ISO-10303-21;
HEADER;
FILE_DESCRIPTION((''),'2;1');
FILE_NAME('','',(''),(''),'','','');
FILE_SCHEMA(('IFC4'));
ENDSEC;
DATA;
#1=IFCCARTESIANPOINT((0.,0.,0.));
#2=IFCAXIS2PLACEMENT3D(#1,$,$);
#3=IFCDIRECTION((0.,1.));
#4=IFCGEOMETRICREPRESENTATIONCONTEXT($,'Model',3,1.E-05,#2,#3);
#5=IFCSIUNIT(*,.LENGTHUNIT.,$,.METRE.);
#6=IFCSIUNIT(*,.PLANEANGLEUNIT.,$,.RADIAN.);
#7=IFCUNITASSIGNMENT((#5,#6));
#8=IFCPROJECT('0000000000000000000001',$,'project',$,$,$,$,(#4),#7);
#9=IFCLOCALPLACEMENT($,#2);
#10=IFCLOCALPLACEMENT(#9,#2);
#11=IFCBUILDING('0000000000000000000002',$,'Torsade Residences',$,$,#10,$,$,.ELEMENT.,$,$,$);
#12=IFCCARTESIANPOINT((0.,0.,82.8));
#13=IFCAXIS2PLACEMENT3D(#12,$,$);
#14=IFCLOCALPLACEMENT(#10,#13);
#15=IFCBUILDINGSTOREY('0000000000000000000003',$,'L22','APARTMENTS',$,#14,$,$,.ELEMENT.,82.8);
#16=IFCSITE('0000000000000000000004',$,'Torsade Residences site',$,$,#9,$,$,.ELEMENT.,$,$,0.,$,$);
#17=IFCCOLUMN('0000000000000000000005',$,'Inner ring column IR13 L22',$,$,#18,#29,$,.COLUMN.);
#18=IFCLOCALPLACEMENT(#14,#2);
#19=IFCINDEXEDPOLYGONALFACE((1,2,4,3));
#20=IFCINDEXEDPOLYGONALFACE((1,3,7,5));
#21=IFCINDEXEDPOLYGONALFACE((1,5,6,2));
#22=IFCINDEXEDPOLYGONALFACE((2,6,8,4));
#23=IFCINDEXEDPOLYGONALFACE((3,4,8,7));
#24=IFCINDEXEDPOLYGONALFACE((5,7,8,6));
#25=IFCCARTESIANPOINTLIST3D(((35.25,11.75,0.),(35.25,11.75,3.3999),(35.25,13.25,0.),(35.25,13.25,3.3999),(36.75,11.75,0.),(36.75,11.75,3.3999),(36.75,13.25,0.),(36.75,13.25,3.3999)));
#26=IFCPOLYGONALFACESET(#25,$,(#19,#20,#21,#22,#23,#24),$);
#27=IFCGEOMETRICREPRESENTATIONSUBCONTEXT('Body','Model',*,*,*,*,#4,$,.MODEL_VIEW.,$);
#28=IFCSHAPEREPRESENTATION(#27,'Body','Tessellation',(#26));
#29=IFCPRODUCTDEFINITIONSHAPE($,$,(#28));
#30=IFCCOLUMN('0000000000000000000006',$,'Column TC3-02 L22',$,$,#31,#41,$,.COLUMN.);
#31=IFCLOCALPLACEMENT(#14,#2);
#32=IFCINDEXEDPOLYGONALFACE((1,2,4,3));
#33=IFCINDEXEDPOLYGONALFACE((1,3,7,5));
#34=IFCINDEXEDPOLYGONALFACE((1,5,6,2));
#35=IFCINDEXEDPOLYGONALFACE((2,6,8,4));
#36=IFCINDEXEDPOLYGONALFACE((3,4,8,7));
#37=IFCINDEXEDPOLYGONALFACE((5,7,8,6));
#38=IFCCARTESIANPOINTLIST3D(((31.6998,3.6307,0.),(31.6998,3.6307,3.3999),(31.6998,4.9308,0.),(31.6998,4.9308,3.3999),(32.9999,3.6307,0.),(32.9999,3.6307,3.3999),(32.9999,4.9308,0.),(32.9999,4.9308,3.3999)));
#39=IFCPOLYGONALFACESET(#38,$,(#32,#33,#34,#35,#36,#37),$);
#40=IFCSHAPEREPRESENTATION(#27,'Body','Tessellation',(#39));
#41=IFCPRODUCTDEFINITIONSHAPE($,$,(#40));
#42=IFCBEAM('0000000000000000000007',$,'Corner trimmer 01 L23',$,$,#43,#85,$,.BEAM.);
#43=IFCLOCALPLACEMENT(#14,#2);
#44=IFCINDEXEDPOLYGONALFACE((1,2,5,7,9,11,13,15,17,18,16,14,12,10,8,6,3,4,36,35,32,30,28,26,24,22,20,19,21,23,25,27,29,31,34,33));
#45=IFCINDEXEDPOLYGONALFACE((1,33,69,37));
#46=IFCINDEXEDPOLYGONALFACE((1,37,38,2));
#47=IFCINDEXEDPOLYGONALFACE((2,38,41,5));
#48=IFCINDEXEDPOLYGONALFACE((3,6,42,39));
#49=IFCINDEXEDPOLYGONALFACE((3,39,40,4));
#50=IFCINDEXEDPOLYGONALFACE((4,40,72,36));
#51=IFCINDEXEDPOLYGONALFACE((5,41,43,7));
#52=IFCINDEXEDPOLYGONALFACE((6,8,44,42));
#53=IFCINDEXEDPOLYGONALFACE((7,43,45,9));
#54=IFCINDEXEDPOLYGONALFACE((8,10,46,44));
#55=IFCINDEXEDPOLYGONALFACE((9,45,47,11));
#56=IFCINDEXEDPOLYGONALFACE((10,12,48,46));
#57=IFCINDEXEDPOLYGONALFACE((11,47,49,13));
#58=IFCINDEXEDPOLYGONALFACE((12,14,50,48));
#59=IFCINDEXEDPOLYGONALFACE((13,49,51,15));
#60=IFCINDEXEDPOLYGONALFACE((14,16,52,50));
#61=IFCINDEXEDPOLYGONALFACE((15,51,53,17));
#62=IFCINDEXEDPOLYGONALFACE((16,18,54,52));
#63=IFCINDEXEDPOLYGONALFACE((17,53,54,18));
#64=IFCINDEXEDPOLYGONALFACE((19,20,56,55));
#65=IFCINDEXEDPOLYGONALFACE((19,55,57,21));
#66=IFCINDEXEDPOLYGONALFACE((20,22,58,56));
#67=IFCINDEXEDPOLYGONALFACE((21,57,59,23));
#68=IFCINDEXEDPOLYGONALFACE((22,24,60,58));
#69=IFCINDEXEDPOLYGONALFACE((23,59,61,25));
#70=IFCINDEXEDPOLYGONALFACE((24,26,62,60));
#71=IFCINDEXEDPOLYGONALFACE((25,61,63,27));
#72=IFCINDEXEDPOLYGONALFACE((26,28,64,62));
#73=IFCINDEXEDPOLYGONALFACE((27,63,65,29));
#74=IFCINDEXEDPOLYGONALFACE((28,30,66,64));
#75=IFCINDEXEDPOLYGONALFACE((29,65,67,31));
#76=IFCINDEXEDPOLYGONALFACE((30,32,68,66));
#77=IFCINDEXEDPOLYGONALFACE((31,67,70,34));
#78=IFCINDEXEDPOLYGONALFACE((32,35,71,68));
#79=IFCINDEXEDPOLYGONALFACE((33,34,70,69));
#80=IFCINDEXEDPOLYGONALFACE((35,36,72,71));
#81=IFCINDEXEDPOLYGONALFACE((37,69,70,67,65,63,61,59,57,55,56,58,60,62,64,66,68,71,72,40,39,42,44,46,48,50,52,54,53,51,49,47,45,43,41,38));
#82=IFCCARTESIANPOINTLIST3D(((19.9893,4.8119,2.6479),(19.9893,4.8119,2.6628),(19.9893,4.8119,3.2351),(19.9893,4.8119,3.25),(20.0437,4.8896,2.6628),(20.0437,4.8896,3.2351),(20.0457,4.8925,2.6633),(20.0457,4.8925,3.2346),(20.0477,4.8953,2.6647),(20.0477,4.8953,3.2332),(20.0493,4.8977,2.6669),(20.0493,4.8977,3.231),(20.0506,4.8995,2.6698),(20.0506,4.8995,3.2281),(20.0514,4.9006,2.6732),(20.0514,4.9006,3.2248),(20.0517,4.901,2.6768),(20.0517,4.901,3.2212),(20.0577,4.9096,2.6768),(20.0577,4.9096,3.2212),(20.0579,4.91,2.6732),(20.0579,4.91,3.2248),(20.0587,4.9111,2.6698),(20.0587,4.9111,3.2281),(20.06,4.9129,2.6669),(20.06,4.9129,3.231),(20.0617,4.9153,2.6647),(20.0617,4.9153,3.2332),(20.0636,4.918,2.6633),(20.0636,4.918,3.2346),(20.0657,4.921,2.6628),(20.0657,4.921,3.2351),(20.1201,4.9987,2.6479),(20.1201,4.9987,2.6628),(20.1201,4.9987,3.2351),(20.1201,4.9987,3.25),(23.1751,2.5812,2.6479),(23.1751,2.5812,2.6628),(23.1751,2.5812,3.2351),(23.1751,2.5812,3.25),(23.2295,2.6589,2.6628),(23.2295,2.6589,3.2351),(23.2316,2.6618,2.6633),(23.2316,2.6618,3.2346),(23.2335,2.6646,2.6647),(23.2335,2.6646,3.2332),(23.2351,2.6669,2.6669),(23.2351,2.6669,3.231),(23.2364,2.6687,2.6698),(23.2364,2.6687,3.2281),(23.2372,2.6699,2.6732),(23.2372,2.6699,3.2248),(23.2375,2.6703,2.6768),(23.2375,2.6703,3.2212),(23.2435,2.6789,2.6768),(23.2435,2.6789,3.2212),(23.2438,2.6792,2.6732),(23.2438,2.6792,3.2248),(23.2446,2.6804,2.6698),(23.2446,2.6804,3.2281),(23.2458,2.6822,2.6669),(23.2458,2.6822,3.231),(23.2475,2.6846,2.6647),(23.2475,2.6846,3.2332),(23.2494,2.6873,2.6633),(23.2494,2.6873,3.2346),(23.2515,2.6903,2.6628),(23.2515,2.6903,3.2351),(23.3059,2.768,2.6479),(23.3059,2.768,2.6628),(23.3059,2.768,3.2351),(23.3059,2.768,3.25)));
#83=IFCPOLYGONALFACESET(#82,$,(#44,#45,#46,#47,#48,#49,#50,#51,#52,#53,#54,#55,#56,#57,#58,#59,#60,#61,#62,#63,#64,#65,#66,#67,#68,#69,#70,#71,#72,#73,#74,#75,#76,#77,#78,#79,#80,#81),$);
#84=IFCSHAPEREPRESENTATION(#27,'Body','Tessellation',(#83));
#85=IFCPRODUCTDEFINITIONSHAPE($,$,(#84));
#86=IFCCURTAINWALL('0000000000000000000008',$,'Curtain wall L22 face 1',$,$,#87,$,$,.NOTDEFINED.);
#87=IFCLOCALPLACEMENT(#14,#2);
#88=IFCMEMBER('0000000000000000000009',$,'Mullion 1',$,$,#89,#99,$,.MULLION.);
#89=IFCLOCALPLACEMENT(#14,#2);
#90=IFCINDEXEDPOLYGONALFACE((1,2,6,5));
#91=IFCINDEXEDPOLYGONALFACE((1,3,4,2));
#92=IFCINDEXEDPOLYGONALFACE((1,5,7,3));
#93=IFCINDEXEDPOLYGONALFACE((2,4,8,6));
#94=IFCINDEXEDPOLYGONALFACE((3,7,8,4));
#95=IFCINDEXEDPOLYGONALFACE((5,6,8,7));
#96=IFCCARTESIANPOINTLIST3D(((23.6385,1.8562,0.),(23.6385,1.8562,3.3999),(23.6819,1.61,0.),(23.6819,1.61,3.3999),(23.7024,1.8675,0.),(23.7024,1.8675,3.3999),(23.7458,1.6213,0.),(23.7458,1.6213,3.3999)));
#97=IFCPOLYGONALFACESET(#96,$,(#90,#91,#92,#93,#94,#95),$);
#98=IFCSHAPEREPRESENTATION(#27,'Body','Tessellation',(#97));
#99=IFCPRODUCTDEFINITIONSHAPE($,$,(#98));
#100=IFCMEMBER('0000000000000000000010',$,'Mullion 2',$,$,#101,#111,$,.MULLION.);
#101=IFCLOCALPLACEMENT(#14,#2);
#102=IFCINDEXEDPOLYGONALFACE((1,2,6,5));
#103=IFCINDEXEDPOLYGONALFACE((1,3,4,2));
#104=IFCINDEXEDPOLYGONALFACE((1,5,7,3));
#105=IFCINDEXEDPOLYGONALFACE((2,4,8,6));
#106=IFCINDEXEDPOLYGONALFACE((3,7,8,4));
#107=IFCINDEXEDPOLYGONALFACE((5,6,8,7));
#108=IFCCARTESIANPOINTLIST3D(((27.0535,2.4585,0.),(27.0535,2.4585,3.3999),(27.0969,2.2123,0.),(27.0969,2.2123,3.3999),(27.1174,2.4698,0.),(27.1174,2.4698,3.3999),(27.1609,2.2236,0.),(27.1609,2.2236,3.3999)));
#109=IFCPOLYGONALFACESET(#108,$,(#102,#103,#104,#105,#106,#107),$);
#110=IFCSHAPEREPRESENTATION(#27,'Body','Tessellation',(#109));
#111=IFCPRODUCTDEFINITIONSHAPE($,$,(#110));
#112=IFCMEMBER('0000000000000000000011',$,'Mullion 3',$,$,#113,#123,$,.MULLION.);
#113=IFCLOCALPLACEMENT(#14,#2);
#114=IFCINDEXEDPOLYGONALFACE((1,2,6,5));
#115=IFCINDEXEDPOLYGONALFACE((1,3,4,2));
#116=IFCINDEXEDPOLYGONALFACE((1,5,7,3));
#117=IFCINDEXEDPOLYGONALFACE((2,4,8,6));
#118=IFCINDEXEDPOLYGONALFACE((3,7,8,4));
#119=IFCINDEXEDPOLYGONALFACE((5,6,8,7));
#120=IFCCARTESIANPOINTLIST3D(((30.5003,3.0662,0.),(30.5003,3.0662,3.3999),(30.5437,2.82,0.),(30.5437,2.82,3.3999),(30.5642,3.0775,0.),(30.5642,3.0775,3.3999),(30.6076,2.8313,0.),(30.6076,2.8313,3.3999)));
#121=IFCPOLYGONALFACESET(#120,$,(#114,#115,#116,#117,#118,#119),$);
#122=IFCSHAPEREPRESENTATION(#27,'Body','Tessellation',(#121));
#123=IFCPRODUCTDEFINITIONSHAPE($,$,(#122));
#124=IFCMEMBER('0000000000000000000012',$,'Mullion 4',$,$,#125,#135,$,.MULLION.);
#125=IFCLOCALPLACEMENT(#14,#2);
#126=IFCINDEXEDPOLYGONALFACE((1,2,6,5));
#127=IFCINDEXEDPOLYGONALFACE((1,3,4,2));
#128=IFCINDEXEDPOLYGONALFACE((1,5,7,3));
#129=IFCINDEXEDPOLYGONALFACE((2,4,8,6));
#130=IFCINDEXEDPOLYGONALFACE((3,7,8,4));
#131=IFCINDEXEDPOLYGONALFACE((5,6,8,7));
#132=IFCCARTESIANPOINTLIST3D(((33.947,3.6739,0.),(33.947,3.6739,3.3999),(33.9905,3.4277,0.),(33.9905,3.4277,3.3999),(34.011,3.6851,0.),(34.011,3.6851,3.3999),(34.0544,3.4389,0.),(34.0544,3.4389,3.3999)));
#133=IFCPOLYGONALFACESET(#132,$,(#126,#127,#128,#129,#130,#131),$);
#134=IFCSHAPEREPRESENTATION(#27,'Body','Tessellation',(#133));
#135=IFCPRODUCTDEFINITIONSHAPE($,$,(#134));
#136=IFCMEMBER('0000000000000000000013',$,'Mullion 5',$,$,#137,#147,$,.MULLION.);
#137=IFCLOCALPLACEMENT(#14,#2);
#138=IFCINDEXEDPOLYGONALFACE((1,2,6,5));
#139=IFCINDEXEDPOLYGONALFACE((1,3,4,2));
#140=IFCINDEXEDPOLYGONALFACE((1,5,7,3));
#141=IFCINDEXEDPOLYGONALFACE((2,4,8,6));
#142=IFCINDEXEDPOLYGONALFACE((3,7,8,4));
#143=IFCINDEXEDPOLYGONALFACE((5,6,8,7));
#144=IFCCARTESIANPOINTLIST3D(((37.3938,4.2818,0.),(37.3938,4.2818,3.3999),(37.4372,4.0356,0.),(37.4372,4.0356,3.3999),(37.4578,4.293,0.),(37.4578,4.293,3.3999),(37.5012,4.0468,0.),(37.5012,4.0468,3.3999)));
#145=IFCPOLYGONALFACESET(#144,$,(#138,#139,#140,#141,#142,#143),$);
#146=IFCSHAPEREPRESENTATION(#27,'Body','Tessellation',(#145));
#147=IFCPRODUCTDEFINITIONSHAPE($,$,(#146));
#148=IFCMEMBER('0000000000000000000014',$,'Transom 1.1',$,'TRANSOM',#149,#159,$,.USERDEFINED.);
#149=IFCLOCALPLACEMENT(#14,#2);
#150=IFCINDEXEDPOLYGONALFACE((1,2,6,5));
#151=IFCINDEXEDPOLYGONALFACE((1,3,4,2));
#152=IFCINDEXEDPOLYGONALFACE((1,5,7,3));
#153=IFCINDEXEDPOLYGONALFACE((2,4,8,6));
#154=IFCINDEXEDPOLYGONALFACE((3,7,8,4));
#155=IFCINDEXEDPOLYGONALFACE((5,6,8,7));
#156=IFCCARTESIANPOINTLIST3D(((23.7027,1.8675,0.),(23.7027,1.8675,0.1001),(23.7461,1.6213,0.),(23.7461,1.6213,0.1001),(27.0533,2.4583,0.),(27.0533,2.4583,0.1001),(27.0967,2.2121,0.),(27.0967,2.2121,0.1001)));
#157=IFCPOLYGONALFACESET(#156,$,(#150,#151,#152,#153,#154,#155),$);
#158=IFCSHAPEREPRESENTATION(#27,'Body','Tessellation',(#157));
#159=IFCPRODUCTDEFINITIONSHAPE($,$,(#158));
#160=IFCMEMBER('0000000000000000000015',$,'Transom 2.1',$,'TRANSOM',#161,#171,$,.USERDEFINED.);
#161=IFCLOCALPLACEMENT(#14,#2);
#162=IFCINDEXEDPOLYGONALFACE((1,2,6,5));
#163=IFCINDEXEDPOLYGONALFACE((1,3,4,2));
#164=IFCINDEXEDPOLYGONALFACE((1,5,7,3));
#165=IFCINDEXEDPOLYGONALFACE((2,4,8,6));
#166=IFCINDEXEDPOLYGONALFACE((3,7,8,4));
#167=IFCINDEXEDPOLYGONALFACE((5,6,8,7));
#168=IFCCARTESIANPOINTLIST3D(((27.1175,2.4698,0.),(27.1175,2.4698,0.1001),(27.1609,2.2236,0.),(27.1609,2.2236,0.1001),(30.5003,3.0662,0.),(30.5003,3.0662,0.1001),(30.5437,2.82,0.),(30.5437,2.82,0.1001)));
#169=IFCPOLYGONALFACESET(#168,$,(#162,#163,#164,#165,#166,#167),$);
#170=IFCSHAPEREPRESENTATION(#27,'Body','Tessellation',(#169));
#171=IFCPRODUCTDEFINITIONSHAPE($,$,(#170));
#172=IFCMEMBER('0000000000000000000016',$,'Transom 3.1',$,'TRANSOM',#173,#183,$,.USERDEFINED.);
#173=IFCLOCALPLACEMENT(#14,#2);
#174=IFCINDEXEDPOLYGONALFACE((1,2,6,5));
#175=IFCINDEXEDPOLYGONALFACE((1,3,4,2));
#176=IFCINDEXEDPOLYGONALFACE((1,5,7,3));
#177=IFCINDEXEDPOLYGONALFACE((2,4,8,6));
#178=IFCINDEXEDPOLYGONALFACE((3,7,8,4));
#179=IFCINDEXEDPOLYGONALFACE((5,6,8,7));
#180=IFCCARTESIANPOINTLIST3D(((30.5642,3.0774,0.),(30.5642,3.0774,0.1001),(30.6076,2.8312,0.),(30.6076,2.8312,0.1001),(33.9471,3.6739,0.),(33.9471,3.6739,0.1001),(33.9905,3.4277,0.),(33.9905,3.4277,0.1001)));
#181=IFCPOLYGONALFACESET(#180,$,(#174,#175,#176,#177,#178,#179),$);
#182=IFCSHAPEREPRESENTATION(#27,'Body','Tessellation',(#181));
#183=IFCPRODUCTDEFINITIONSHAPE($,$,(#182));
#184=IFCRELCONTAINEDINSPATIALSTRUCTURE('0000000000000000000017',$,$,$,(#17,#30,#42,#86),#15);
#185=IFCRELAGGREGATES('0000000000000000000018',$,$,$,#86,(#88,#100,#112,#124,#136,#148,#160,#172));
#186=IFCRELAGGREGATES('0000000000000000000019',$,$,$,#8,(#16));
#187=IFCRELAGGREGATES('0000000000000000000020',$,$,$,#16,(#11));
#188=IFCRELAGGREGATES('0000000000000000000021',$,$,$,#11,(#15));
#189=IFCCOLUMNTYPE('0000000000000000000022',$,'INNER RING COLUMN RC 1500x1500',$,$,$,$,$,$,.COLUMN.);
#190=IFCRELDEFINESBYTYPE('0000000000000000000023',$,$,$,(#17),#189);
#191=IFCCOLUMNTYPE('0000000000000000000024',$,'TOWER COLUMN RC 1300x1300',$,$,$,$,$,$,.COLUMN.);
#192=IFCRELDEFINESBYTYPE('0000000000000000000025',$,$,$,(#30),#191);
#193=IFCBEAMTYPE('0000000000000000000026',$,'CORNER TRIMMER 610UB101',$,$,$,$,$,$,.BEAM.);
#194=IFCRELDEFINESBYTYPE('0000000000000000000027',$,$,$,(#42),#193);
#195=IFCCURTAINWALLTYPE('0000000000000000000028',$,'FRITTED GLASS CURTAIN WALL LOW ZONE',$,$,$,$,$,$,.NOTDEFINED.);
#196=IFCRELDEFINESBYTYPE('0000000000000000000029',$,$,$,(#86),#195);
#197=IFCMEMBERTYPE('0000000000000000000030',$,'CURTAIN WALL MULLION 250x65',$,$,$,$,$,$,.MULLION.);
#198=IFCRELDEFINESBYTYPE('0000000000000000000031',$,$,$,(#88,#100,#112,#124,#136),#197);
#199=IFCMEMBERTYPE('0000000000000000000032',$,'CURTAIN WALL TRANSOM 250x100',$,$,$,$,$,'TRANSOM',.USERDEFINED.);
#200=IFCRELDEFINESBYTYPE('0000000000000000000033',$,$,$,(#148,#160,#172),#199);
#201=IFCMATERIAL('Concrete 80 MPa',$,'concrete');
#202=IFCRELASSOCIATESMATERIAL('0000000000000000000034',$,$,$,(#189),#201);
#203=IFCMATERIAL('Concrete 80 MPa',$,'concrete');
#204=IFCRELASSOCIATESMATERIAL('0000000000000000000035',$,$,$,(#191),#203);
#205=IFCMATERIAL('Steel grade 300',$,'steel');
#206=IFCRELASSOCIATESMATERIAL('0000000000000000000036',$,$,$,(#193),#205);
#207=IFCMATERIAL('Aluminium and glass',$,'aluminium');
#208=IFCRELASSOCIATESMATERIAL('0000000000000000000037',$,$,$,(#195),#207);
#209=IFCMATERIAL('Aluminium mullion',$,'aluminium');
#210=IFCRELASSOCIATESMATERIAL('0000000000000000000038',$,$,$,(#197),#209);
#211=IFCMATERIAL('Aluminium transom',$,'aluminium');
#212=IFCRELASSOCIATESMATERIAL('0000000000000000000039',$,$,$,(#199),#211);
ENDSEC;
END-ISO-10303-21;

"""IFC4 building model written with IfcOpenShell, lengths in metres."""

from ifc_helpers import new_model, si_unit, direction, frame, origin, origin_2d, place, context, subcontext, project, spatial, rectangle, i_section, extrude, material, material_profile, profile_set, type_object, element, aggregate, save


model = new_model("IFC4")

# Units and contexts
model_context = context("Model", 3, precision=1e-05, world=origin(), true_north=direction((0.0, 1.0)))
body_context = subcontext(model_context, "Body", "Model", "MODEL_VIEW")
ifc_project = project(units=[si_unit("LENGTHUNIT", "METRE"), si_unit("PLANEANGLEUNIT", "RADIAN")], contexts=[model_context])

# Site, building, storey
site_placement = place(None, origin())
site = spatial("IfcSite", under=ifc_project, at=site_placement, Name="Torsade Residences site", CompositionType="ELEMENT", RefElevation=0.0)
building_placement = place(site_placement, origin())
building = spatial("IfcBuilding", under=site, at=building_placement, Name="Torsade Residences", CompositionType="ELEMENT")
storey_placement = place(building_placement, frame((0.0, 0.0, 82.8)))
storey = spatial("IfcBuildingStorey", under=building, at=storey_placement, Name="L22", Description="APARTMENTS", CompositionType="ELEMENT", Elevation=82.8)

# Columns
ifc_material_1 = material(Name="Concrete 80 MPa", Category="concrete")
ifc_material_profile_1 = material_profile(ifc_material_1, rectangle(XDim=1.5, YDim=1.5, at=origin_2d()), Name="RC 1500x1500")
ifc_profile_set_1 = profile_set([ifc_material_profile_1], Name="Concrete 80 MPa")
column_type_1 = type_object("IfcColumnType", Name="INNER RING COLUMN RC 1500x1500", PredefinedType="COLUMN", material=ifc_profile_set_1)
column_1_placement = place(storey_placement, frame((36.0, 12.5, 0.0), z_axis=(0.0, 0.0, 1.0), x_axis=(1.0, 0.0, 0.0)))
element("IfcColumn", 1, at=column_1_placement, inside=storey, type_object=column_type_1, Name="Inner ring column IR13 L22", PredefinedType="COLUMN", context=body_context, shape_type="SweptSolid", body=[
    extrude(rectangle(XDim=1.5, YDim=1.5, at=origin_2d()), origin(), (0.0, 0.0, 1.0), 3.3999),
])
ifc_material_2 = material(Name="Concrete 80 MPa", Category="concrete")
ifc_material_profile_2 = material_profile(ifc_material_2, rectangle(XDim=1.3, YDim=1.3, at=origin_2d()), Name="RC 1300x1300")
ifc_profile_set_2 = profile_set([ifc_material_profile_2], Name="Concrete 80 MPa")
column_type_2 = type_object("IfcColumnType", Name="TOWER COLUMN RC 1300x1300", PredefinedType="COLUMN", material=ifc_profile_set_2)
column_2_placement = place(storey_placement, frame((32.3499, 4.2808, 0.0), z_axis=(0.0, 0.0, 1.0), x_axis=(1.0, 0.0, 0.0)))
element("IfcColumn", 2, at=column_2_placement, inside=storey, type_object=column_type_2, Name="Column TC3-02 L22", PredefinedType="COLUMN", context=body_context, shape_type="SweptSolid", body=[
    extrude(rectangle(XDim=1.3, YDim=1.3, at=origin_2d()), origin(), (0.0, 0.0, 1.0), 3.3999),
])

# Beam
ifc_material_3 = material(Name="Steel grade 300", Category="steel")
ifc_material_profile_3 = material_profile(ifc_material_3, i_section(OverallWidth=0.228, OverallDepth=0.6021, WebThickness=0.0105, FlangeThickness=0.0149, FilletRadius=0.0139, at=origin_2d()), Name="610UB101")
ifc_profile_set_3 = profile_set([ifc_material_profile_3], Name="Steel grade 300")
beam_type_1 = type_object("IfcBeamType", Name="CORNER TRIMMER 610UB101", PredefinedType="BEAM", material=ifc_profile_set_3)
beam_1_placement = place(storey_placement, frame((23.2405, 2.6746, 2.949), z_axis=(-0.819152, 0.573576, 0.0), x_axis=(-0.573576, -0.819152, 0.0)))
element("IfcBeam", 3, at=beam_1_placement, inside=storey, type_object=beam_type_1, Name="Corner trimmer 01 L23", PredefinedType="BEAM", context=body_context, shape_type="SweptSolid", body=[
    extrude(i_section(OverallWidth=0.228, OverallDepth=0.6021, WebThickness=0.0105, FlangeThickness=0.0149, FilletRadius=0.0139, at=origin_2d()), origin(), (0.0, 0.0, 1.0), 3.8892),
])

# Curtain wall, members
ifc_material_4 = material(Name="Aluminium and glass", Category="aluminium")
curtain_wall_type = type_object("IfcCurtainWallType", Name="FRITTED GLASS CURTAIN WALL LOW ZONE", PredefinedType="NOTDEFINED", material=ifc_material_4)
curtain_wall_placement = place(storey_placement, origin())
curtain_wall = element("IfcCurtainWall", 4, at=curtain_wall_placement, inside=storey, type_object=curtain_wall_type, Name="Curtain wall L22 face 1", PredefinedType="NOTDEFINED")
ifc_material_5 = material(Name="Aluminium mullion", Category="aluminium")
ifc_material_profile_4 = material_profile(ifc_material_5, rectangle(XDim=0.25, YDim=0.0649, at=origin_2d()), Name="CURTAIN WALL MULLION 250x65")
ifc_profile_set_4 = profile_set([ifc_material_profile_4], Name="Aluminium mullion")
member_type_1 = type_object("IfcMemberType", Name="CURTAIN WALL MULLION 250x65", PredefinedType="MULLION", material=ifc_profile_set_4)
member_1_placement = place(storey_placement, frame((23.6921, 1.7388, 0.0), z_axis=(0.0, 0.0, 1.0), x_axis=(-0.173648, 0.984808, 0.0)))
member_1 = element("IfcMember", 5, at=member_1_placement, type_object=member_type_1, Name="Mullion 1", PredefinedType="MULLION", context=body_context, shape_type="SweptSolid", body=[
    extrude(rectangle(XDim=0.25, YDim=0.0649, at=origin_2d()), origin(), (0.0, 0.0, 1.0), 3.3999),
])
member_2_placement = place(storey_placement, frame((27.1072, 2.3411, 0.0), z_axis=(0.0, 0.0, 1.0), x_axis=(-0.173648, 0.984808, 0.0)))
member_2 = element("IfcMember", 6, at=member_2_placement, type_object=member_type_1, Name="Mullion 2", PredefinedType="MULLION", context=body_context, shape_type="SweptSolid", body=[
    extrude(rectangle(XDim=0.25, YDim=0.0649, at=origin_2d()), origin(), (0.0, 0.0, 1.0), 3.3999),
])
member_3_placement = place(storey_placement, frame((30.554, 2.9487, 0.0), z_axis=(0.0, 0.0, 1.0), x_axis=(-0.173648, 0.984808, 0.0)))
member_3 = element("IfcMember", 7, at=member_3_placement, type_object=member_type_1, Name="Mullion 3", PredefinedType="MULLION", context=body_context, shape_type="SweptSolid", body=[
    extrude(rectangle(XDim=0.25, YDim=0.0649, at=origin_2d()), origin(), (0.0, 0.0, 1.0), 3.3999),
])
member_4_placement = place(storey_placement, frame((34.0007, 3.5564, 0.0), z_axis=(0.0, 0.0, 1.0), x_axis=(-0.173648, 0.984808, 0.0)))
member_4 = element("IfcMember", 8, at=member_4_placement, type_object=member_type_1, Name="Mullion 4", PredefinedType="MULLION", context=body_context, shape_type="SweptSolid", body=[
    extrude(rectangle(XDim=0.25, YDim=0.0649, at=origin_2d()), origin(), (0.0, 0.0, 1.0), 3.3999),
])
member_5_placement = place(storey_placement, frame((37.4475, 4.1643, 0.0), z_axis=(0.0, 0.0, 1.0), x_axis=(-0.173648, 0.984808, 0.0)))
member_5 = element("IfcMember", 9, at=member_5_placement, type_object=member_type_1, Name="Mullion 5", PredefinedType="MULLION", context=body_context, shape_type="SweptSolid", body=[
    extrude(rectangle(XDim=0.25, YDim=0.0649, at=origin_2d()), origin(), (0.0, 0.0, 1.0), 3.3999),
])
ifc_material_6 = material(Name="Aluminium transom", Category="aluminium")
ifc_material_profile_5 = material_profile(ifc_material_6, rectangle(XDim=0.25, YDim=0.1001, at=origin_2d()), Name="CURTAIN WALL TRANSOM 250x100")
ifc_profile_set_5 = profile_set([ifc_material_profile_5], Name="Aluminium transom")
member_type_2 = type_object("IfcMemberType", Name="CURTAIN WALL TRANSOM 250x100", ElementType="TRANSOM", PredefinedType="USERDEFINED", material=ifc_profile_set_5)
member_6_placement = place(storey_placement, frame((23.7244, 1.7444, 0.05), z_axis=(0.984807, 0.173654, 0.0), x_axis=(-0.173654, 0.984807, 0.0)))
member_6 = element("IfcMember", 10, at=member_6_placement, type_object=member_type_2, Name="Transom 1.1", ObjectType="TRANSOM", PredefinedType="USERDEFINED", context=body_context, shape_type="SweptSolid", body=[
    extrude(rectangle(XDim=0.25, YDim=0.1001, at=origin_2d()), origin(), (0.0, 0.0, 1.0), 3.4023),
])
member_7_placement = place(storey_placement, frame((27.1392, 2.3467, 0.05), z_axis=(0.98481, 0.173635, 0.0), x_axis=(-0.173635, 0.98481, 0.0)))
member_7 = element("IfcMember", 11, at=member_7_placement, type_object=member_type_2, Name="Transom 2.1", ObjectType="TRANSOM", PredefinedType="USERDEFINED", context=body_context, shape_type="SweptSolid", body=[
    extrude(rectangle(XDim=0.25, YDim=0.1001, at=origin_2d()), origin(), (0.0, 0.0, 1.0), 3.4351),
])
member_8_placement = place(storey_placement, frame((30.5859, 2.9543, 0.05), z_axis=(0.98481, 0.173635, 0.0), x_axis=(-0.173635, 0.98481, 0.0)))
member_8 = element("IfcMember", 12, at=member_8_placement, type_object=member_type_2, Name="Transom 3.1", ObjectType="TRANSOM", PredefinedType="USERDEFINED", context=body_context, shape_type="SweptSolid", body=[
    extrude(rectangle(XDim=0.25, YDim=0.1001, at=origin_2d()), origin(), (0.0, 0.0, 1.0), 3.4351),
])

aggregate(curtain_wall, [member_1, member_2, member_3, member_4, member_5, member_6, member_7, member_8])

save(model, "model.ifc")
